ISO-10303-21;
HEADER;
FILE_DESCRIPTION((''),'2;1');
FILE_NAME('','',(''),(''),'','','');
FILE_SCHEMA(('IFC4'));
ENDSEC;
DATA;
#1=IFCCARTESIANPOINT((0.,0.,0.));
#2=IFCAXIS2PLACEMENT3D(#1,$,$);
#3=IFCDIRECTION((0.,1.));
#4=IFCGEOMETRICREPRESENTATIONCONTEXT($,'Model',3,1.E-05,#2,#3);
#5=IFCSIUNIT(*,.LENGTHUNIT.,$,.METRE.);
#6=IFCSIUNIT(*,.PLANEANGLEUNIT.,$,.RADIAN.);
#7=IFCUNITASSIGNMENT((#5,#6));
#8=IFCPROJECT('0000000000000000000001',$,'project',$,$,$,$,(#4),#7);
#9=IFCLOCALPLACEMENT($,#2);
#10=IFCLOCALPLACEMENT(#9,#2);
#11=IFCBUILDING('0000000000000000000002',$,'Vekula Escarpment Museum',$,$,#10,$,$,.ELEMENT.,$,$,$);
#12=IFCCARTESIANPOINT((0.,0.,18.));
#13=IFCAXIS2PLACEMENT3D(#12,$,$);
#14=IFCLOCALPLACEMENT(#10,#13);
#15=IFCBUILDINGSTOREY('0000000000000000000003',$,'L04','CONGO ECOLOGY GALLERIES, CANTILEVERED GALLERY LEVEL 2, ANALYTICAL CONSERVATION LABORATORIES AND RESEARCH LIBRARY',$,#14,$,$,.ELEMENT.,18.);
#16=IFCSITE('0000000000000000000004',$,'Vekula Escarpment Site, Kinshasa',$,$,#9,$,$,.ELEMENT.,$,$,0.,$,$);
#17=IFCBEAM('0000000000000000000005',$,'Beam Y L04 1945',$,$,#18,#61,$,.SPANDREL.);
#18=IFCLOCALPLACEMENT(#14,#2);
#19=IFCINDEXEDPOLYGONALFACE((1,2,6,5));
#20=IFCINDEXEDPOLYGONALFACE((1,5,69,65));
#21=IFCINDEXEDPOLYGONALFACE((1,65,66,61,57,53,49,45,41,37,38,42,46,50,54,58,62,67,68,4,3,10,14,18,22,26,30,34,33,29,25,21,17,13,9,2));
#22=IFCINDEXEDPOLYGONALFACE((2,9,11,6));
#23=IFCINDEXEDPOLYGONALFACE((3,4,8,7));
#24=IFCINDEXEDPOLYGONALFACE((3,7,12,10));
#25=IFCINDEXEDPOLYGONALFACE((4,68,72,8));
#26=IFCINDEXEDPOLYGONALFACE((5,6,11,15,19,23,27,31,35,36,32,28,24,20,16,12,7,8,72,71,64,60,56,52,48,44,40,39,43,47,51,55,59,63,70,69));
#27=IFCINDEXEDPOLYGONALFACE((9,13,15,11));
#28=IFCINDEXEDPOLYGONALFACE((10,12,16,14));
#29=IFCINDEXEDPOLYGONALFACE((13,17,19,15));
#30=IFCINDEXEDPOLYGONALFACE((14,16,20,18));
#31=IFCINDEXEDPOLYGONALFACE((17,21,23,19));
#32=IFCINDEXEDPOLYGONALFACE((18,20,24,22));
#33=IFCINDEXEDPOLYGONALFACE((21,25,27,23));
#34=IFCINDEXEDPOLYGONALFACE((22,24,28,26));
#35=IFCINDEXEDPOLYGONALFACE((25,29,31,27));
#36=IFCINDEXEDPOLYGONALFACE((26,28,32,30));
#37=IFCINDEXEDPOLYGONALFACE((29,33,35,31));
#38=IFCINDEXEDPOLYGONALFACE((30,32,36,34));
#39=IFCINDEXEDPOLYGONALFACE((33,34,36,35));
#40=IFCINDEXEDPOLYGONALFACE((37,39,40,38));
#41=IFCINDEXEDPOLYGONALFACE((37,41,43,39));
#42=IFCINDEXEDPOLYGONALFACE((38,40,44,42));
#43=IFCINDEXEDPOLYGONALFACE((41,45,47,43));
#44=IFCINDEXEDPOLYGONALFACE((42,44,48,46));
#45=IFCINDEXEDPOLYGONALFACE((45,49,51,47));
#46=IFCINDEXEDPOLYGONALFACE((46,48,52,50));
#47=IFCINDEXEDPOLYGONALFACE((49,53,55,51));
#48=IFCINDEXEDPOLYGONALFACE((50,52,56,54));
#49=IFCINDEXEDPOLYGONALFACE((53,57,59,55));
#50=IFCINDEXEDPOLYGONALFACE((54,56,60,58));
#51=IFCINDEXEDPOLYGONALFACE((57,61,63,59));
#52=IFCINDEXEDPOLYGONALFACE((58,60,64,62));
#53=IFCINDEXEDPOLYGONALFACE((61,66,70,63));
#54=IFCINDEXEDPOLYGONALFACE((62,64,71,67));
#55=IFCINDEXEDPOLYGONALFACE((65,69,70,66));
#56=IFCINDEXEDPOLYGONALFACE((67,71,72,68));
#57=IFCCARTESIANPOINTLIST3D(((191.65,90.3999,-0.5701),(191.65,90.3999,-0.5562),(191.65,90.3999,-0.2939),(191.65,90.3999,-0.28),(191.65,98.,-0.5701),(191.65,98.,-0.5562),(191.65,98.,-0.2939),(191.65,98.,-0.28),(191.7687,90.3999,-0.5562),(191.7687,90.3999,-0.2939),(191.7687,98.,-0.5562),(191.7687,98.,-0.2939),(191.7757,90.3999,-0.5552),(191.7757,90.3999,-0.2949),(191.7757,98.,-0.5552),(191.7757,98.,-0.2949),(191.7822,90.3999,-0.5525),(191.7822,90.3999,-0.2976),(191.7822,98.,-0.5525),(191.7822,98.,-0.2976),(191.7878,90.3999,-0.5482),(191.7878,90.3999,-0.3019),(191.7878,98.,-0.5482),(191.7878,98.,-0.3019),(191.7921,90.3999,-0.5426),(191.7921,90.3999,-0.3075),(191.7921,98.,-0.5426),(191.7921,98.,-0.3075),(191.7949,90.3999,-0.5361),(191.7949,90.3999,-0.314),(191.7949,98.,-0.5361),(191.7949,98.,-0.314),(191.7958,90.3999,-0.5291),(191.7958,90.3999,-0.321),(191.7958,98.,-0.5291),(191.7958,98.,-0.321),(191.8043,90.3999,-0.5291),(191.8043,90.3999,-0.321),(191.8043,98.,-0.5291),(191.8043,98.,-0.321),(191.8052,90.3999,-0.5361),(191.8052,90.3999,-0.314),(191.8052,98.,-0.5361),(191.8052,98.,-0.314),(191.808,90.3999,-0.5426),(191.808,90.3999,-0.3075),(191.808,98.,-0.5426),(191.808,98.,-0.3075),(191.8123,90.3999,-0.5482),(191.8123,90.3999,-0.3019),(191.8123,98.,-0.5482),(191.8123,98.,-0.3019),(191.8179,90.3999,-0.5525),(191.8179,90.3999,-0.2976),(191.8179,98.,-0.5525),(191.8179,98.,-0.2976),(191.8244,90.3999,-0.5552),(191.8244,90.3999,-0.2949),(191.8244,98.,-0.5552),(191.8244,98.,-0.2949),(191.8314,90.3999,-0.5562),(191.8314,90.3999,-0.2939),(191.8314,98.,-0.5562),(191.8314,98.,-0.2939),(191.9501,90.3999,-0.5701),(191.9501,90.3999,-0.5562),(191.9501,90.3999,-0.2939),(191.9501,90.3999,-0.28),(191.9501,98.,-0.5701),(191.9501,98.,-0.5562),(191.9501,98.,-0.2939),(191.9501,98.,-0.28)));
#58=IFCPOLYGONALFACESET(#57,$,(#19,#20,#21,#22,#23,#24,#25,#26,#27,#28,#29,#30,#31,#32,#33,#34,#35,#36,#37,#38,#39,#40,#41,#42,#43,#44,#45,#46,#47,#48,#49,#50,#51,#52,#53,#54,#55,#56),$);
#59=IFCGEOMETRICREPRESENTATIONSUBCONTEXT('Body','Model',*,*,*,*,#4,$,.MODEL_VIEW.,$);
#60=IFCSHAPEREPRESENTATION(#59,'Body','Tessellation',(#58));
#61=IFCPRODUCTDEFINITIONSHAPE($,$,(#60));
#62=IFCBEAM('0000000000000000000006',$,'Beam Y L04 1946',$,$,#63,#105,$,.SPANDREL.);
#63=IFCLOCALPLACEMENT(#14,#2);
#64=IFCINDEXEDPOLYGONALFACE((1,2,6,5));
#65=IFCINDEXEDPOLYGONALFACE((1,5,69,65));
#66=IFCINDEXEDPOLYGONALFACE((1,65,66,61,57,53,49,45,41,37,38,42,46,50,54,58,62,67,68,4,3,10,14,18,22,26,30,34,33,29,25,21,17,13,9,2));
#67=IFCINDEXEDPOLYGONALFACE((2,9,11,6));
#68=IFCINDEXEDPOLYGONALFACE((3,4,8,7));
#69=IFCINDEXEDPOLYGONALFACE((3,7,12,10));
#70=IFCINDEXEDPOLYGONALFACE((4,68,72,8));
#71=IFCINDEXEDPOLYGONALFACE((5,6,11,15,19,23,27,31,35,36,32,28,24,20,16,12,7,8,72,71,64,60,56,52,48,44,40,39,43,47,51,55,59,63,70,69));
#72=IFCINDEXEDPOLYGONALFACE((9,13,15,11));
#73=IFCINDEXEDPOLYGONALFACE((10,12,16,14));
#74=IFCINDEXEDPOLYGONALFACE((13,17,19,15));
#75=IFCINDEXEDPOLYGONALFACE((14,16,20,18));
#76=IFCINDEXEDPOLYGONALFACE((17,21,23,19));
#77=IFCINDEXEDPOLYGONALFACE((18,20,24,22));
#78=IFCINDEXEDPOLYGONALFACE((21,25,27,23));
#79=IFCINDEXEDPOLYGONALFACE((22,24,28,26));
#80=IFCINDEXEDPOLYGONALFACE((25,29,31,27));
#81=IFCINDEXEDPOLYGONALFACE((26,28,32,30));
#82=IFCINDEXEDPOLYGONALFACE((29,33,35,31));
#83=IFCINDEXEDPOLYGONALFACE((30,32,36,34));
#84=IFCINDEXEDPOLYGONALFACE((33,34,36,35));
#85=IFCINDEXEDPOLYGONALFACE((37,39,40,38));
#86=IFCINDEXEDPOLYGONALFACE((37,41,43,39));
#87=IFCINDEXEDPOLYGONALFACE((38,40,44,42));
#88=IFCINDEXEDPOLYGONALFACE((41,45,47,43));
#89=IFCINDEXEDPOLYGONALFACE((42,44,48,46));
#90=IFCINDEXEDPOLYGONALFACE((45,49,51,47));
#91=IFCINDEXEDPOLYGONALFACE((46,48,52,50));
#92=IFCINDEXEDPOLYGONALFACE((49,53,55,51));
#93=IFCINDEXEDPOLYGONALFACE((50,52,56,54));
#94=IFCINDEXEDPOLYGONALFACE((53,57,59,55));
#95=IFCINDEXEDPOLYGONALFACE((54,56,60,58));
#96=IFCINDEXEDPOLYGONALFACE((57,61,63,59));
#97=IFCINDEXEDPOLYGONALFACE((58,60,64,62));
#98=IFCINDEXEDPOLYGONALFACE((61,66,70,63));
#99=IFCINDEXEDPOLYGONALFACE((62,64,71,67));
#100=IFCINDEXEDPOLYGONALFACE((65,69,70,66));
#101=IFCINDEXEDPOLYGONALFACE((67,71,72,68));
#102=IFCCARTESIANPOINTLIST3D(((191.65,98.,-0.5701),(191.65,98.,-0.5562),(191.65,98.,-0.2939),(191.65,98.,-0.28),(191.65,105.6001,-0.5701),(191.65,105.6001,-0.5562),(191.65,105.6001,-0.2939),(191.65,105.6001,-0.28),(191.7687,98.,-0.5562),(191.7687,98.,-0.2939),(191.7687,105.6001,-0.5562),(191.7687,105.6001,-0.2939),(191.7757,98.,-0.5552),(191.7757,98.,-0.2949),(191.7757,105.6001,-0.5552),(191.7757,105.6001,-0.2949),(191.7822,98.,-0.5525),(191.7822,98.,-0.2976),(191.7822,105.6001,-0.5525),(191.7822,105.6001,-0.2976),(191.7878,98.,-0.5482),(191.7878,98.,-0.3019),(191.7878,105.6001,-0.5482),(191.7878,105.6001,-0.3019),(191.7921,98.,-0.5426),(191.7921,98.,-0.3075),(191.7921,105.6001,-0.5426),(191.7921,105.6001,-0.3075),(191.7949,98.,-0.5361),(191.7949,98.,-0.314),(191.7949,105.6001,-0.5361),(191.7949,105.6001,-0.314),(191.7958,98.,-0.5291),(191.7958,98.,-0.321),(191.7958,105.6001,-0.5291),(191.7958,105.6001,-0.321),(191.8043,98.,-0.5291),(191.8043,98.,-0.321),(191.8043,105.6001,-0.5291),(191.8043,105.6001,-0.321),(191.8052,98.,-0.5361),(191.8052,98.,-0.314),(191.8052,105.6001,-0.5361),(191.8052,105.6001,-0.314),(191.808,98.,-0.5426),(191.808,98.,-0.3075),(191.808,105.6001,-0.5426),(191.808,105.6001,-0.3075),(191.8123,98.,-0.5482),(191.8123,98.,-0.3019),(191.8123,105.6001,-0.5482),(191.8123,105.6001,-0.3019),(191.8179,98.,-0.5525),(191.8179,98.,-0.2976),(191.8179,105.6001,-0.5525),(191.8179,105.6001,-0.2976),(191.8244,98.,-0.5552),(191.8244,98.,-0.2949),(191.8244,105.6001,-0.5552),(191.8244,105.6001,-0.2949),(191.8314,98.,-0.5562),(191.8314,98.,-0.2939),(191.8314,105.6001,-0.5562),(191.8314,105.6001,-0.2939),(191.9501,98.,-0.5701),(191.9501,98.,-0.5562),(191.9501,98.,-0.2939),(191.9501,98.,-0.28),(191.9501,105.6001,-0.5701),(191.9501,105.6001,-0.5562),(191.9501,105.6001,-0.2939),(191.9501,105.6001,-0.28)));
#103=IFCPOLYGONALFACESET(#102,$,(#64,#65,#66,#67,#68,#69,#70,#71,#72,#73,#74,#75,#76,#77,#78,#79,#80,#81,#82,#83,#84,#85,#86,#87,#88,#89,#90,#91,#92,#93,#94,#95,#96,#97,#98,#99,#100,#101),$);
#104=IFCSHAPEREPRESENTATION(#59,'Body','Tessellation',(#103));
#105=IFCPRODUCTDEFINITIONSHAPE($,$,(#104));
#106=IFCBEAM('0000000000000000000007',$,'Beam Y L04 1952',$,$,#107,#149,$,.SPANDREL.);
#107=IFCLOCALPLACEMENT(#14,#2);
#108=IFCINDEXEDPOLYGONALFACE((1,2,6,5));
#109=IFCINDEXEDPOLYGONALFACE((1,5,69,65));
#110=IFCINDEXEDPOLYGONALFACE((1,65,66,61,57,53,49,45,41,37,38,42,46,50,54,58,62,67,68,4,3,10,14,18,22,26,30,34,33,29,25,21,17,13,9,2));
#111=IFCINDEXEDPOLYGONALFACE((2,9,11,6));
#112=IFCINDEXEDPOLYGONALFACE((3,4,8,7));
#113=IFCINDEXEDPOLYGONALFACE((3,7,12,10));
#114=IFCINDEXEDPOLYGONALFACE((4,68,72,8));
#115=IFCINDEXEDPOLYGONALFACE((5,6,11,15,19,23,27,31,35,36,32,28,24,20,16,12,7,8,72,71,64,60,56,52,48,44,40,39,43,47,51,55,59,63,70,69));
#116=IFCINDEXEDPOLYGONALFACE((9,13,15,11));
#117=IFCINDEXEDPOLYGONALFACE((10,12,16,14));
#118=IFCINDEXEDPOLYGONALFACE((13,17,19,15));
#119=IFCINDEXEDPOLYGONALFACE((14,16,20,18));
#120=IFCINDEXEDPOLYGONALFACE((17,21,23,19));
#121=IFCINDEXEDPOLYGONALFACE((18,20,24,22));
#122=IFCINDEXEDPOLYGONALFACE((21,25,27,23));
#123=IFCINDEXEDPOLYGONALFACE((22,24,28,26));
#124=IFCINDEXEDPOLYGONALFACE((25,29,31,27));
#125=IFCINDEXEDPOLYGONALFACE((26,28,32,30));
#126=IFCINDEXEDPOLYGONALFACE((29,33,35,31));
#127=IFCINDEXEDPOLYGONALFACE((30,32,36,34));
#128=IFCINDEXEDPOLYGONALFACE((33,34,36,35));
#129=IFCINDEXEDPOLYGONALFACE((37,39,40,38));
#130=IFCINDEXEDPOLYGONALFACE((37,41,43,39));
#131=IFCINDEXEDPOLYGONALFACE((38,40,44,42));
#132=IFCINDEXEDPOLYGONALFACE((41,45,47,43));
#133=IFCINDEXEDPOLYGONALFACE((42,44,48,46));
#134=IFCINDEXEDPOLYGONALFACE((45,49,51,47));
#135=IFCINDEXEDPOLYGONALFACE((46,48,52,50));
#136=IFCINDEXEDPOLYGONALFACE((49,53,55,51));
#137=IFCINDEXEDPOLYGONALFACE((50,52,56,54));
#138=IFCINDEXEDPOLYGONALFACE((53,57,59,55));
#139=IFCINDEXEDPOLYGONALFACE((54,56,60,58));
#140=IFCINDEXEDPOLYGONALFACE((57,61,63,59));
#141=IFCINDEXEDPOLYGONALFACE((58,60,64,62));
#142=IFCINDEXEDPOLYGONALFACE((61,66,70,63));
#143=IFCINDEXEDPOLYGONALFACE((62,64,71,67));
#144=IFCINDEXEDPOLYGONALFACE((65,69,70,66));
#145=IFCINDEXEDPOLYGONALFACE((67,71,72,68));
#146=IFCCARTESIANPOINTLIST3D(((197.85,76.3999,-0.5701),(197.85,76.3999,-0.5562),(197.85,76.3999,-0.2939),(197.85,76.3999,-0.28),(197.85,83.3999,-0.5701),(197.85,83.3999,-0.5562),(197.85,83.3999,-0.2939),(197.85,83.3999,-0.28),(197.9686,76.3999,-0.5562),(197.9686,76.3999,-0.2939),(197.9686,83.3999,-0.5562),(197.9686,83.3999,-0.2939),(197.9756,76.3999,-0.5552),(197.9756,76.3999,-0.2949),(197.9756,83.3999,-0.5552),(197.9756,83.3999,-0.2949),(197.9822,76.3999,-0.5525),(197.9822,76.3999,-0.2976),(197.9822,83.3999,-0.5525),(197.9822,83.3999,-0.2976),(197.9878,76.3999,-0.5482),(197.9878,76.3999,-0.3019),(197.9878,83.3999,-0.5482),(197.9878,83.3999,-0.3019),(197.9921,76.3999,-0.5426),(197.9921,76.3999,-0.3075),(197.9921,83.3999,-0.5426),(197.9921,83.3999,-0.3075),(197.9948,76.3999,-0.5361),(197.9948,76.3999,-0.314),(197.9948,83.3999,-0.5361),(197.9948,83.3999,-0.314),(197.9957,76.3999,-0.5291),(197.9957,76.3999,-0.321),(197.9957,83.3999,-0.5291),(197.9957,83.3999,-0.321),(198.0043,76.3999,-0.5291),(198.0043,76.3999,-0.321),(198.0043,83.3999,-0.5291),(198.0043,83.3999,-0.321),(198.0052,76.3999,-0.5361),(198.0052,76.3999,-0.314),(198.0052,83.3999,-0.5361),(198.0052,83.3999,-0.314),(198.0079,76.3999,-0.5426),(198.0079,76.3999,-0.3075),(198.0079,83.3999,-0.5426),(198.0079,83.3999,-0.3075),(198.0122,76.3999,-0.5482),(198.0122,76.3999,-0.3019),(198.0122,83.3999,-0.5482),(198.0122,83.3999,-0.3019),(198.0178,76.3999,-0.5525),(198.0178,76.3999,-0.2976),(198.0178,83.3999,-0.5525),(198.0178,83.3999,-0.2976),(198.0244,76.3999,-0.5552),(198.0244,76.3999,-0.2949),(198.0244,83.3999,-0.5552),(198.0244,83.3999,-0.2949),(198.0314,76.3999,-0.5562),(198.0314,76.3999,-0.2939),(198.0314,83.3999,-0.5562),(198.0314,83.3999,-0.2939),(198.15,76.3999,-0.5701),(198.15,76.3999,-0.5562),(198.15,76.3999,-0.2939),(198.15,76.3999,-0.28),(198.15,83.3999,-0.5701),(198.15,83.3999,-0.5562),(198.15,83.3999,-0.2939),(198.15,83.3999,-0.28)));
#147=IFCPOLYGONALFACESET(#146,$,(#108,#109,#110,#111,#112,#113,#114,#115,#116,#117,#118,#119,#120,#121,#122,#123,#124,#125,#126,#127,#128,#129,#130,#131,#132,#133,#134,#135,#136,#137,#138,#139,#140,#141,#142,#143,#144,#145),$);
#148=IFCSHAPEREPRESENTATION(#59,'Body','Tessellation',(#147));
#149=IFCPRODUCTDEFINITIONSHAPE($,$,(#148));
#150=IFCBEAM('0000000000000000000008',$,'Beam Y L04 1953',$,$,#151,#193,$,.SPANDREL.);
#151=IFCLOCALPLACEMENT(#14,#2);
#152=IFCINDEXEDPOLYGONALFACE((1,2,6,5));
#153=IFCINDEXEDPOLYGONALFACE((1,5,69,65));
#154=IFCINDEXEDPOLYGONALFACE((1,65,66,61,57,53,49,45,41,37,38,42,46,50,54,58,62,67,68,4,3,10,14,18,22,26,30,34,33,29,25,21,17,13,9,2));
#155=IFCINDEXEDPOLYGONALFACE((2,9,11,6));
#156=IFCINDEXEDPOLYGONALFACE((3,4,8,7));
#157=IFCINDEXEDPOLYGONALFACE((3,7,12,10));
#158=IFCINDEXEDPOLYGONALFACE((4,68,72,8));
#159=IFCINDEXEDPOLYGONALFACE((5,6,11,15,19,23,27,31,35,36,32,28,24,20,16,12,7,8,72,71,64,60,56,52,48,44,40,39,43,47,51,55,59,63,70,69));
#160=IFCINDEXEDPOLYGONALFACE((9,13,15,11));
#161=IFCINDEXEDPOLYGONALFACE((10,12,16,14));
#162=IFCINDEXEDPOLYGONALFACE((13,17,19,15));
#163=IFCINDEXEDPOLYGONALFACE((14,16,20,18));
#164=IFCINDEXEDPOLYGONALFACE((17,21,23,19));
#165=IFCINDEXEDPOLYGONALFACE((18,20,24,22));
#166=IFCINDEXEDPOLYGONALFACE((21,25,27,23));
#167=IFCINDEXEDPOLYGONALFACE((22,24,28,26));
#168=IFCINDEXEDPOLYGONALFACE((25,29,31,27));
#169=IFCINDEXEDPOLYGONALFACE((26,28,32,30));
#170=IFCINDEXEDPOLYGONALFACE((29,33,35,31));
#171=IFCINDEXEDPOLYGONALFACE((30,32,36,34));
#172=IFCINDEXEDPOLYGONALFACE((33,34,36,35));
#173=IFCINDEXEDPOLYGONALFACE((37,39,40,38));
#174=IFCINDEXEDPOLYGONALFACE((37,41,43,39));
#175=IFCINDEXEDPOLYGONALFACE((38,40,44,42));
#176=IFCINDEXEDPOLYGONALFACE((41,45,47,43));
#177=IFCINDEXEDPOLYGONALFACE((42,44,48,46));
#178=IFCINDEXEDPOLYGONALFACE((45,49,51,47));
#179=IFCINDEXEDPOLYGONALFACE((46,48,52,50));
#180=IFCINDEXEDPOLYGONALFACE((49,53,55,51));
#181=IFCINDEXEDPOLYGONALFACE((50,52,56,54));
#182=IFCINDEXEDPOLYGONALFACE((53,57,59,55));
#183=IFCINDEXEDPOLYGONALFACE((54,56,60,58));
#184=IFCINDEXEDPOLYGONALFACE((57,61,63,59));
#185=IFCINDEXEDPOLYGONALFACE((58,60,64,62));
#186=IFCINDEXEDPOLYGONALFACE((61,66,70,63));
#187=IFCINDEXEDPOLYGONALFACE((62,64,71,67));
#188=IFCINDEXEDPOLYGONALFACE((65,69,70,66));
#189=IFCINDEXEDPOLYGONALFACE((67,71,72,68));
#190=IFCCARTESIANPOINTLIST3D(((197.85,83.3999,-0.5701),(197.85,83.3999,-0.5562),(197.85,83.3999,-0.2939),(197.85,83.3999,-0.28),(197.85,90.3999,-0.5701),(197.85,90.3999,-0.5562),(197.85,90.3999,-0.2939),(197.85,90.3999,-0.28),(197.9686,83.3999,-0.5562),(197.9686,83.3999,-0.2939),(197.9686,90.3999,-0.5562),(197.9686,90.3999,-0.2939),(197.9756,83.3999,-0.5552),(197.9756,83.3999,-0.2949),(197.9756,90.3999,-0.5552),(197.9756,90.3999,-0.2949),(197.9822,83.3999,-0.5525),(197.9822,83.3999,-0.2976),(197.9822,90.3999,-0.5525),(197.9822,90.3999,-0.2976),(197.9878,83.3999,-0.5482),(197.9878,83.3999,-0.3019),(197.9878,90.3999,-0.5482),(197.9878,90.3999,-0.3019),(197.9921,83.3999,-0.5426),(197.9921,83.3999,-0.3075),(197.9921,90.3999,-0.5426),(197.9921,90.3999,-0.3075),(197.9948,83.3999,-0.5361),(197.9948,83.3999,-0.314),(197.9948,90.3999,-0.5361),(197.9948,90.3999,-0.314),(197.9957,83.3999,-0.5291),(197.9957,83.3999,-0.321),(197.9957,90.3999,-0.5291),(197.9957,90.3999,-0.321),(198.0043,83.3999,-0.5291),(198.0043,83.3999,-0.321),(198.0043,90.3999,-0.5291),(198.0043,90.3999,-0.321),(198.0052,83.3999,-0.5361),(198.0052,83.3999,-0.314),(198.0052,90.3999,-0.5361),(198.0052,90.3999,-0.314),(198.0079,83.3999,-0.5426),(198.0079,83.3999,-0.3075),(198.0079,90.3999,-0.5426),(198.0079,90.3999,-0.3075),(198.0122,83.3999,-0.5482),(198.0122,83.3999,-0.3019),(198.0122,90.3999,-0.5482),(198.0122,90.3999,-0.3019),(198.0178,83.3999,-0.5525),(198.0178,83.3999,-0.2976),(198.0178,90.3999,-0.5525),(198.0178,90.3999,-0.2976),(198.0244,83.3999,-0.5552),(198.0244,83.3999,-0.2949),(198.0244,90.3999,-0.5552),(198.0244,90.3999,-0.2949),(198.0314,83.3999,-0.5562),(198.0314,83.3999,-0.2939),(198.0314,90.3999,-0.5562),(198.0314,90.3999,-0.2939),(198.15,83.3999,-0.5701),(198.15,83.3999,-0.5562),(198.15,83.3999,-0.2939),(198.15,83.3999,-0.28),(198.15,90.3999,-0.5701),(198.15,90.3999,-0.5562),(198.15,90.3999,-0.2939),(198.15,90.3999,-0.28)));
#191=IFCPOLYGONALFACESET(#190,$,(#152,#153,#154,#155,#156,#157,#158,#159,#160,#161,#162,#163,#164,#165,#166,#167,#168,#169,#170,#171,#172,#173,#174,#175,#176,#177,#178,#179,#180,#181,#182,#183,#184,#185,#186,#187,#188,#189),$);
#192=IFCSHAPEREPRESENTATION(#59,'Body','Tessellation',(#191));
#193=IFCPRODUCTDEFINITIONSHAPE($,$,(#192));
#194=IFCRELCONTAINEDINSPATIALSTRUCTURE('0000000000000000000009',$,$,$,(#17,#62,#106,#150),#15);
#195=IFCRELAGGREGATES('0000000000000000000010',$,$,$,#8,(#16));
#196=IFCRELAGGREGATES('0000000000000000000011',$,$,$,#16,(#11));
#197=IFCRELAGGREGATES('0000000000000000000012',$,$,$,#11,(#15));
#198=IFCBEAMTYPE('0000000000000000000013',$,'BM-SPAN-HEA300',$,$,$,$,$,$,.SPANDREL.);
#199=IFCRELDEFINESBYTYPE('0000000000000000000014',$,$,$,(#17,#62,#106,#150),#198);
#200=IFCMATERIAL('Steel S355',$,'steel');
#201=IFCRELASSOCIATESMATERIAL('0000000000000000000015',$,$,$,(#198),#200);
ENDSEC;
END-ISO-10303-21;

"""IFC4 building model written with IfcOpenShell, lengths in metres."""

from ifc_helpers import new_model, si_unit, direction, frame, origin, origin_2d, place, context, subcontext, project, spatial, i_section, extrude, material, material_profile, profile_set, type_object, element, save


model = new_model("IFC4")

# Units and contexts
model_context = context("Model", 3, precision=1e-05, world=origin(), true_north=direction((0.0, 1.0)))
body_context = subcontext(model_context, "Body", "Model", "MODEL_VIEW")
ifc_project = project(units=[si_unit("LENGTHUNIT", "METRE"), si_unit("PLANEANGLEUNIT", "RADIAN")], contexts=[model_context])

# Site, building, storey
site_placement = place(None, origin())
site = spatial("IfcSite", under=ifc_project, at=site_placement, Name="Vekula Escarpment Site, Kinshasa", CompositionType="ELEMENT", RefElevation=0.0)
building_placement = place(site_placement, origin())
building = spatial("IfcBuilding", under=site, at=building_placement, Name="Vekula Escarpment Museum", CompositionType="ELEMENT")
storey_placement = place(building_placement, frame((0.0, 0.0, 18.0)))
storey = spatial("IfcBuildingStorey", under=building, at=storey_placement, Name="L04", Description="CONGO ECOLOGY GALLERIES, CANTILEVERED GALLERY LEVEL 2, ANALYTICAL CONSERVATION LABORATORIES AND RESEARCH LIBRARY", CompositionType="ELEMENT", Elevation=18.0)

# Beams
ifc_material_1 = material(Name="Steel S355", Category="steel")
ifc_material_profile_1 = material_profile(ifc_material_1, i_section(OverallWidth=0.3, OverallDepth=0.29, WebThickness=0.0085, FlangeThickness=0.0139, FilletRadius=0.0271, at=origin_2d()), Name="HEA 300")
ifc_profile_set_1 = profile_set([ifc_material_profile_1], Name="Steel S355")
beam_type_1 = type_object("IfcBeamType", Name="BM-SPAN-HEA300", PredefinedType="SPANDREL", material=ifc_profile_set_1)
for number, where, z_axis, x_axis, name in (
    (1, (191.8, 90.3999, -0.425), (0.0, 1.0, 0.0), (-1.0, 0.0, 0.0), "Beam Y L04 1945"),
    (2, (191.8, 98.0, -0.425), (0.0, 1.0, 0.0), (-1.0, 0.0, 0.0), "Beam Y L04 1946"),
):
    element("IfcBeam", number, at=place(storey_placement, frame(where, z_axis=z_axis, x_axis=x_axis)), inside=storey, type_object=beam_type_1, Name=name, PredefinedType="SPANDREL", context=body_context, shape_type="SweptSolid", body=[
        extrude(i_section(OverallWidth=0.3, OverallDepth=0.29, WebThickness=0.0085, FlangeThickness=0.0139, FilletRadius=0.0271, at=origin_2d()), origin(), (0.0, 0.0, 1.0), 7.6001),
    ])
for number, where, z_axis, x_axis, name in (
    (3, (198.0, 76.3999, -0.425), (0.0, 1.0, 0.0), (-1.0, 0.0, 0.0), "Beam Y L04 1952"),
    (4, (198.0, 83.3999, -0.425), (0.0, 1.0, 0.0), (-1.0, 0.0, 0.0), "Beam Y L04 1953"),
):
    element("IfcBeam", number, at=place(storey_placement, frame(where, z_axis=z_axis, x_axis=x_axis)), inside=storey, type_object=beam_type_1, Name=name, PredefinedType="SPANDREL", context=body_context, shape_type="SweptSolid", body=[
        extrude(i_section(OverallWidth=0.3, OverallDepth=0.29, WebThickness=0.0085, FlangeThickness=0.0139, FilletRadius=0.0271, at=origin_2d()), origin(), (0.0, 0.0, 1.0), 7.0),
    ])

save(model, "model.ifc")
